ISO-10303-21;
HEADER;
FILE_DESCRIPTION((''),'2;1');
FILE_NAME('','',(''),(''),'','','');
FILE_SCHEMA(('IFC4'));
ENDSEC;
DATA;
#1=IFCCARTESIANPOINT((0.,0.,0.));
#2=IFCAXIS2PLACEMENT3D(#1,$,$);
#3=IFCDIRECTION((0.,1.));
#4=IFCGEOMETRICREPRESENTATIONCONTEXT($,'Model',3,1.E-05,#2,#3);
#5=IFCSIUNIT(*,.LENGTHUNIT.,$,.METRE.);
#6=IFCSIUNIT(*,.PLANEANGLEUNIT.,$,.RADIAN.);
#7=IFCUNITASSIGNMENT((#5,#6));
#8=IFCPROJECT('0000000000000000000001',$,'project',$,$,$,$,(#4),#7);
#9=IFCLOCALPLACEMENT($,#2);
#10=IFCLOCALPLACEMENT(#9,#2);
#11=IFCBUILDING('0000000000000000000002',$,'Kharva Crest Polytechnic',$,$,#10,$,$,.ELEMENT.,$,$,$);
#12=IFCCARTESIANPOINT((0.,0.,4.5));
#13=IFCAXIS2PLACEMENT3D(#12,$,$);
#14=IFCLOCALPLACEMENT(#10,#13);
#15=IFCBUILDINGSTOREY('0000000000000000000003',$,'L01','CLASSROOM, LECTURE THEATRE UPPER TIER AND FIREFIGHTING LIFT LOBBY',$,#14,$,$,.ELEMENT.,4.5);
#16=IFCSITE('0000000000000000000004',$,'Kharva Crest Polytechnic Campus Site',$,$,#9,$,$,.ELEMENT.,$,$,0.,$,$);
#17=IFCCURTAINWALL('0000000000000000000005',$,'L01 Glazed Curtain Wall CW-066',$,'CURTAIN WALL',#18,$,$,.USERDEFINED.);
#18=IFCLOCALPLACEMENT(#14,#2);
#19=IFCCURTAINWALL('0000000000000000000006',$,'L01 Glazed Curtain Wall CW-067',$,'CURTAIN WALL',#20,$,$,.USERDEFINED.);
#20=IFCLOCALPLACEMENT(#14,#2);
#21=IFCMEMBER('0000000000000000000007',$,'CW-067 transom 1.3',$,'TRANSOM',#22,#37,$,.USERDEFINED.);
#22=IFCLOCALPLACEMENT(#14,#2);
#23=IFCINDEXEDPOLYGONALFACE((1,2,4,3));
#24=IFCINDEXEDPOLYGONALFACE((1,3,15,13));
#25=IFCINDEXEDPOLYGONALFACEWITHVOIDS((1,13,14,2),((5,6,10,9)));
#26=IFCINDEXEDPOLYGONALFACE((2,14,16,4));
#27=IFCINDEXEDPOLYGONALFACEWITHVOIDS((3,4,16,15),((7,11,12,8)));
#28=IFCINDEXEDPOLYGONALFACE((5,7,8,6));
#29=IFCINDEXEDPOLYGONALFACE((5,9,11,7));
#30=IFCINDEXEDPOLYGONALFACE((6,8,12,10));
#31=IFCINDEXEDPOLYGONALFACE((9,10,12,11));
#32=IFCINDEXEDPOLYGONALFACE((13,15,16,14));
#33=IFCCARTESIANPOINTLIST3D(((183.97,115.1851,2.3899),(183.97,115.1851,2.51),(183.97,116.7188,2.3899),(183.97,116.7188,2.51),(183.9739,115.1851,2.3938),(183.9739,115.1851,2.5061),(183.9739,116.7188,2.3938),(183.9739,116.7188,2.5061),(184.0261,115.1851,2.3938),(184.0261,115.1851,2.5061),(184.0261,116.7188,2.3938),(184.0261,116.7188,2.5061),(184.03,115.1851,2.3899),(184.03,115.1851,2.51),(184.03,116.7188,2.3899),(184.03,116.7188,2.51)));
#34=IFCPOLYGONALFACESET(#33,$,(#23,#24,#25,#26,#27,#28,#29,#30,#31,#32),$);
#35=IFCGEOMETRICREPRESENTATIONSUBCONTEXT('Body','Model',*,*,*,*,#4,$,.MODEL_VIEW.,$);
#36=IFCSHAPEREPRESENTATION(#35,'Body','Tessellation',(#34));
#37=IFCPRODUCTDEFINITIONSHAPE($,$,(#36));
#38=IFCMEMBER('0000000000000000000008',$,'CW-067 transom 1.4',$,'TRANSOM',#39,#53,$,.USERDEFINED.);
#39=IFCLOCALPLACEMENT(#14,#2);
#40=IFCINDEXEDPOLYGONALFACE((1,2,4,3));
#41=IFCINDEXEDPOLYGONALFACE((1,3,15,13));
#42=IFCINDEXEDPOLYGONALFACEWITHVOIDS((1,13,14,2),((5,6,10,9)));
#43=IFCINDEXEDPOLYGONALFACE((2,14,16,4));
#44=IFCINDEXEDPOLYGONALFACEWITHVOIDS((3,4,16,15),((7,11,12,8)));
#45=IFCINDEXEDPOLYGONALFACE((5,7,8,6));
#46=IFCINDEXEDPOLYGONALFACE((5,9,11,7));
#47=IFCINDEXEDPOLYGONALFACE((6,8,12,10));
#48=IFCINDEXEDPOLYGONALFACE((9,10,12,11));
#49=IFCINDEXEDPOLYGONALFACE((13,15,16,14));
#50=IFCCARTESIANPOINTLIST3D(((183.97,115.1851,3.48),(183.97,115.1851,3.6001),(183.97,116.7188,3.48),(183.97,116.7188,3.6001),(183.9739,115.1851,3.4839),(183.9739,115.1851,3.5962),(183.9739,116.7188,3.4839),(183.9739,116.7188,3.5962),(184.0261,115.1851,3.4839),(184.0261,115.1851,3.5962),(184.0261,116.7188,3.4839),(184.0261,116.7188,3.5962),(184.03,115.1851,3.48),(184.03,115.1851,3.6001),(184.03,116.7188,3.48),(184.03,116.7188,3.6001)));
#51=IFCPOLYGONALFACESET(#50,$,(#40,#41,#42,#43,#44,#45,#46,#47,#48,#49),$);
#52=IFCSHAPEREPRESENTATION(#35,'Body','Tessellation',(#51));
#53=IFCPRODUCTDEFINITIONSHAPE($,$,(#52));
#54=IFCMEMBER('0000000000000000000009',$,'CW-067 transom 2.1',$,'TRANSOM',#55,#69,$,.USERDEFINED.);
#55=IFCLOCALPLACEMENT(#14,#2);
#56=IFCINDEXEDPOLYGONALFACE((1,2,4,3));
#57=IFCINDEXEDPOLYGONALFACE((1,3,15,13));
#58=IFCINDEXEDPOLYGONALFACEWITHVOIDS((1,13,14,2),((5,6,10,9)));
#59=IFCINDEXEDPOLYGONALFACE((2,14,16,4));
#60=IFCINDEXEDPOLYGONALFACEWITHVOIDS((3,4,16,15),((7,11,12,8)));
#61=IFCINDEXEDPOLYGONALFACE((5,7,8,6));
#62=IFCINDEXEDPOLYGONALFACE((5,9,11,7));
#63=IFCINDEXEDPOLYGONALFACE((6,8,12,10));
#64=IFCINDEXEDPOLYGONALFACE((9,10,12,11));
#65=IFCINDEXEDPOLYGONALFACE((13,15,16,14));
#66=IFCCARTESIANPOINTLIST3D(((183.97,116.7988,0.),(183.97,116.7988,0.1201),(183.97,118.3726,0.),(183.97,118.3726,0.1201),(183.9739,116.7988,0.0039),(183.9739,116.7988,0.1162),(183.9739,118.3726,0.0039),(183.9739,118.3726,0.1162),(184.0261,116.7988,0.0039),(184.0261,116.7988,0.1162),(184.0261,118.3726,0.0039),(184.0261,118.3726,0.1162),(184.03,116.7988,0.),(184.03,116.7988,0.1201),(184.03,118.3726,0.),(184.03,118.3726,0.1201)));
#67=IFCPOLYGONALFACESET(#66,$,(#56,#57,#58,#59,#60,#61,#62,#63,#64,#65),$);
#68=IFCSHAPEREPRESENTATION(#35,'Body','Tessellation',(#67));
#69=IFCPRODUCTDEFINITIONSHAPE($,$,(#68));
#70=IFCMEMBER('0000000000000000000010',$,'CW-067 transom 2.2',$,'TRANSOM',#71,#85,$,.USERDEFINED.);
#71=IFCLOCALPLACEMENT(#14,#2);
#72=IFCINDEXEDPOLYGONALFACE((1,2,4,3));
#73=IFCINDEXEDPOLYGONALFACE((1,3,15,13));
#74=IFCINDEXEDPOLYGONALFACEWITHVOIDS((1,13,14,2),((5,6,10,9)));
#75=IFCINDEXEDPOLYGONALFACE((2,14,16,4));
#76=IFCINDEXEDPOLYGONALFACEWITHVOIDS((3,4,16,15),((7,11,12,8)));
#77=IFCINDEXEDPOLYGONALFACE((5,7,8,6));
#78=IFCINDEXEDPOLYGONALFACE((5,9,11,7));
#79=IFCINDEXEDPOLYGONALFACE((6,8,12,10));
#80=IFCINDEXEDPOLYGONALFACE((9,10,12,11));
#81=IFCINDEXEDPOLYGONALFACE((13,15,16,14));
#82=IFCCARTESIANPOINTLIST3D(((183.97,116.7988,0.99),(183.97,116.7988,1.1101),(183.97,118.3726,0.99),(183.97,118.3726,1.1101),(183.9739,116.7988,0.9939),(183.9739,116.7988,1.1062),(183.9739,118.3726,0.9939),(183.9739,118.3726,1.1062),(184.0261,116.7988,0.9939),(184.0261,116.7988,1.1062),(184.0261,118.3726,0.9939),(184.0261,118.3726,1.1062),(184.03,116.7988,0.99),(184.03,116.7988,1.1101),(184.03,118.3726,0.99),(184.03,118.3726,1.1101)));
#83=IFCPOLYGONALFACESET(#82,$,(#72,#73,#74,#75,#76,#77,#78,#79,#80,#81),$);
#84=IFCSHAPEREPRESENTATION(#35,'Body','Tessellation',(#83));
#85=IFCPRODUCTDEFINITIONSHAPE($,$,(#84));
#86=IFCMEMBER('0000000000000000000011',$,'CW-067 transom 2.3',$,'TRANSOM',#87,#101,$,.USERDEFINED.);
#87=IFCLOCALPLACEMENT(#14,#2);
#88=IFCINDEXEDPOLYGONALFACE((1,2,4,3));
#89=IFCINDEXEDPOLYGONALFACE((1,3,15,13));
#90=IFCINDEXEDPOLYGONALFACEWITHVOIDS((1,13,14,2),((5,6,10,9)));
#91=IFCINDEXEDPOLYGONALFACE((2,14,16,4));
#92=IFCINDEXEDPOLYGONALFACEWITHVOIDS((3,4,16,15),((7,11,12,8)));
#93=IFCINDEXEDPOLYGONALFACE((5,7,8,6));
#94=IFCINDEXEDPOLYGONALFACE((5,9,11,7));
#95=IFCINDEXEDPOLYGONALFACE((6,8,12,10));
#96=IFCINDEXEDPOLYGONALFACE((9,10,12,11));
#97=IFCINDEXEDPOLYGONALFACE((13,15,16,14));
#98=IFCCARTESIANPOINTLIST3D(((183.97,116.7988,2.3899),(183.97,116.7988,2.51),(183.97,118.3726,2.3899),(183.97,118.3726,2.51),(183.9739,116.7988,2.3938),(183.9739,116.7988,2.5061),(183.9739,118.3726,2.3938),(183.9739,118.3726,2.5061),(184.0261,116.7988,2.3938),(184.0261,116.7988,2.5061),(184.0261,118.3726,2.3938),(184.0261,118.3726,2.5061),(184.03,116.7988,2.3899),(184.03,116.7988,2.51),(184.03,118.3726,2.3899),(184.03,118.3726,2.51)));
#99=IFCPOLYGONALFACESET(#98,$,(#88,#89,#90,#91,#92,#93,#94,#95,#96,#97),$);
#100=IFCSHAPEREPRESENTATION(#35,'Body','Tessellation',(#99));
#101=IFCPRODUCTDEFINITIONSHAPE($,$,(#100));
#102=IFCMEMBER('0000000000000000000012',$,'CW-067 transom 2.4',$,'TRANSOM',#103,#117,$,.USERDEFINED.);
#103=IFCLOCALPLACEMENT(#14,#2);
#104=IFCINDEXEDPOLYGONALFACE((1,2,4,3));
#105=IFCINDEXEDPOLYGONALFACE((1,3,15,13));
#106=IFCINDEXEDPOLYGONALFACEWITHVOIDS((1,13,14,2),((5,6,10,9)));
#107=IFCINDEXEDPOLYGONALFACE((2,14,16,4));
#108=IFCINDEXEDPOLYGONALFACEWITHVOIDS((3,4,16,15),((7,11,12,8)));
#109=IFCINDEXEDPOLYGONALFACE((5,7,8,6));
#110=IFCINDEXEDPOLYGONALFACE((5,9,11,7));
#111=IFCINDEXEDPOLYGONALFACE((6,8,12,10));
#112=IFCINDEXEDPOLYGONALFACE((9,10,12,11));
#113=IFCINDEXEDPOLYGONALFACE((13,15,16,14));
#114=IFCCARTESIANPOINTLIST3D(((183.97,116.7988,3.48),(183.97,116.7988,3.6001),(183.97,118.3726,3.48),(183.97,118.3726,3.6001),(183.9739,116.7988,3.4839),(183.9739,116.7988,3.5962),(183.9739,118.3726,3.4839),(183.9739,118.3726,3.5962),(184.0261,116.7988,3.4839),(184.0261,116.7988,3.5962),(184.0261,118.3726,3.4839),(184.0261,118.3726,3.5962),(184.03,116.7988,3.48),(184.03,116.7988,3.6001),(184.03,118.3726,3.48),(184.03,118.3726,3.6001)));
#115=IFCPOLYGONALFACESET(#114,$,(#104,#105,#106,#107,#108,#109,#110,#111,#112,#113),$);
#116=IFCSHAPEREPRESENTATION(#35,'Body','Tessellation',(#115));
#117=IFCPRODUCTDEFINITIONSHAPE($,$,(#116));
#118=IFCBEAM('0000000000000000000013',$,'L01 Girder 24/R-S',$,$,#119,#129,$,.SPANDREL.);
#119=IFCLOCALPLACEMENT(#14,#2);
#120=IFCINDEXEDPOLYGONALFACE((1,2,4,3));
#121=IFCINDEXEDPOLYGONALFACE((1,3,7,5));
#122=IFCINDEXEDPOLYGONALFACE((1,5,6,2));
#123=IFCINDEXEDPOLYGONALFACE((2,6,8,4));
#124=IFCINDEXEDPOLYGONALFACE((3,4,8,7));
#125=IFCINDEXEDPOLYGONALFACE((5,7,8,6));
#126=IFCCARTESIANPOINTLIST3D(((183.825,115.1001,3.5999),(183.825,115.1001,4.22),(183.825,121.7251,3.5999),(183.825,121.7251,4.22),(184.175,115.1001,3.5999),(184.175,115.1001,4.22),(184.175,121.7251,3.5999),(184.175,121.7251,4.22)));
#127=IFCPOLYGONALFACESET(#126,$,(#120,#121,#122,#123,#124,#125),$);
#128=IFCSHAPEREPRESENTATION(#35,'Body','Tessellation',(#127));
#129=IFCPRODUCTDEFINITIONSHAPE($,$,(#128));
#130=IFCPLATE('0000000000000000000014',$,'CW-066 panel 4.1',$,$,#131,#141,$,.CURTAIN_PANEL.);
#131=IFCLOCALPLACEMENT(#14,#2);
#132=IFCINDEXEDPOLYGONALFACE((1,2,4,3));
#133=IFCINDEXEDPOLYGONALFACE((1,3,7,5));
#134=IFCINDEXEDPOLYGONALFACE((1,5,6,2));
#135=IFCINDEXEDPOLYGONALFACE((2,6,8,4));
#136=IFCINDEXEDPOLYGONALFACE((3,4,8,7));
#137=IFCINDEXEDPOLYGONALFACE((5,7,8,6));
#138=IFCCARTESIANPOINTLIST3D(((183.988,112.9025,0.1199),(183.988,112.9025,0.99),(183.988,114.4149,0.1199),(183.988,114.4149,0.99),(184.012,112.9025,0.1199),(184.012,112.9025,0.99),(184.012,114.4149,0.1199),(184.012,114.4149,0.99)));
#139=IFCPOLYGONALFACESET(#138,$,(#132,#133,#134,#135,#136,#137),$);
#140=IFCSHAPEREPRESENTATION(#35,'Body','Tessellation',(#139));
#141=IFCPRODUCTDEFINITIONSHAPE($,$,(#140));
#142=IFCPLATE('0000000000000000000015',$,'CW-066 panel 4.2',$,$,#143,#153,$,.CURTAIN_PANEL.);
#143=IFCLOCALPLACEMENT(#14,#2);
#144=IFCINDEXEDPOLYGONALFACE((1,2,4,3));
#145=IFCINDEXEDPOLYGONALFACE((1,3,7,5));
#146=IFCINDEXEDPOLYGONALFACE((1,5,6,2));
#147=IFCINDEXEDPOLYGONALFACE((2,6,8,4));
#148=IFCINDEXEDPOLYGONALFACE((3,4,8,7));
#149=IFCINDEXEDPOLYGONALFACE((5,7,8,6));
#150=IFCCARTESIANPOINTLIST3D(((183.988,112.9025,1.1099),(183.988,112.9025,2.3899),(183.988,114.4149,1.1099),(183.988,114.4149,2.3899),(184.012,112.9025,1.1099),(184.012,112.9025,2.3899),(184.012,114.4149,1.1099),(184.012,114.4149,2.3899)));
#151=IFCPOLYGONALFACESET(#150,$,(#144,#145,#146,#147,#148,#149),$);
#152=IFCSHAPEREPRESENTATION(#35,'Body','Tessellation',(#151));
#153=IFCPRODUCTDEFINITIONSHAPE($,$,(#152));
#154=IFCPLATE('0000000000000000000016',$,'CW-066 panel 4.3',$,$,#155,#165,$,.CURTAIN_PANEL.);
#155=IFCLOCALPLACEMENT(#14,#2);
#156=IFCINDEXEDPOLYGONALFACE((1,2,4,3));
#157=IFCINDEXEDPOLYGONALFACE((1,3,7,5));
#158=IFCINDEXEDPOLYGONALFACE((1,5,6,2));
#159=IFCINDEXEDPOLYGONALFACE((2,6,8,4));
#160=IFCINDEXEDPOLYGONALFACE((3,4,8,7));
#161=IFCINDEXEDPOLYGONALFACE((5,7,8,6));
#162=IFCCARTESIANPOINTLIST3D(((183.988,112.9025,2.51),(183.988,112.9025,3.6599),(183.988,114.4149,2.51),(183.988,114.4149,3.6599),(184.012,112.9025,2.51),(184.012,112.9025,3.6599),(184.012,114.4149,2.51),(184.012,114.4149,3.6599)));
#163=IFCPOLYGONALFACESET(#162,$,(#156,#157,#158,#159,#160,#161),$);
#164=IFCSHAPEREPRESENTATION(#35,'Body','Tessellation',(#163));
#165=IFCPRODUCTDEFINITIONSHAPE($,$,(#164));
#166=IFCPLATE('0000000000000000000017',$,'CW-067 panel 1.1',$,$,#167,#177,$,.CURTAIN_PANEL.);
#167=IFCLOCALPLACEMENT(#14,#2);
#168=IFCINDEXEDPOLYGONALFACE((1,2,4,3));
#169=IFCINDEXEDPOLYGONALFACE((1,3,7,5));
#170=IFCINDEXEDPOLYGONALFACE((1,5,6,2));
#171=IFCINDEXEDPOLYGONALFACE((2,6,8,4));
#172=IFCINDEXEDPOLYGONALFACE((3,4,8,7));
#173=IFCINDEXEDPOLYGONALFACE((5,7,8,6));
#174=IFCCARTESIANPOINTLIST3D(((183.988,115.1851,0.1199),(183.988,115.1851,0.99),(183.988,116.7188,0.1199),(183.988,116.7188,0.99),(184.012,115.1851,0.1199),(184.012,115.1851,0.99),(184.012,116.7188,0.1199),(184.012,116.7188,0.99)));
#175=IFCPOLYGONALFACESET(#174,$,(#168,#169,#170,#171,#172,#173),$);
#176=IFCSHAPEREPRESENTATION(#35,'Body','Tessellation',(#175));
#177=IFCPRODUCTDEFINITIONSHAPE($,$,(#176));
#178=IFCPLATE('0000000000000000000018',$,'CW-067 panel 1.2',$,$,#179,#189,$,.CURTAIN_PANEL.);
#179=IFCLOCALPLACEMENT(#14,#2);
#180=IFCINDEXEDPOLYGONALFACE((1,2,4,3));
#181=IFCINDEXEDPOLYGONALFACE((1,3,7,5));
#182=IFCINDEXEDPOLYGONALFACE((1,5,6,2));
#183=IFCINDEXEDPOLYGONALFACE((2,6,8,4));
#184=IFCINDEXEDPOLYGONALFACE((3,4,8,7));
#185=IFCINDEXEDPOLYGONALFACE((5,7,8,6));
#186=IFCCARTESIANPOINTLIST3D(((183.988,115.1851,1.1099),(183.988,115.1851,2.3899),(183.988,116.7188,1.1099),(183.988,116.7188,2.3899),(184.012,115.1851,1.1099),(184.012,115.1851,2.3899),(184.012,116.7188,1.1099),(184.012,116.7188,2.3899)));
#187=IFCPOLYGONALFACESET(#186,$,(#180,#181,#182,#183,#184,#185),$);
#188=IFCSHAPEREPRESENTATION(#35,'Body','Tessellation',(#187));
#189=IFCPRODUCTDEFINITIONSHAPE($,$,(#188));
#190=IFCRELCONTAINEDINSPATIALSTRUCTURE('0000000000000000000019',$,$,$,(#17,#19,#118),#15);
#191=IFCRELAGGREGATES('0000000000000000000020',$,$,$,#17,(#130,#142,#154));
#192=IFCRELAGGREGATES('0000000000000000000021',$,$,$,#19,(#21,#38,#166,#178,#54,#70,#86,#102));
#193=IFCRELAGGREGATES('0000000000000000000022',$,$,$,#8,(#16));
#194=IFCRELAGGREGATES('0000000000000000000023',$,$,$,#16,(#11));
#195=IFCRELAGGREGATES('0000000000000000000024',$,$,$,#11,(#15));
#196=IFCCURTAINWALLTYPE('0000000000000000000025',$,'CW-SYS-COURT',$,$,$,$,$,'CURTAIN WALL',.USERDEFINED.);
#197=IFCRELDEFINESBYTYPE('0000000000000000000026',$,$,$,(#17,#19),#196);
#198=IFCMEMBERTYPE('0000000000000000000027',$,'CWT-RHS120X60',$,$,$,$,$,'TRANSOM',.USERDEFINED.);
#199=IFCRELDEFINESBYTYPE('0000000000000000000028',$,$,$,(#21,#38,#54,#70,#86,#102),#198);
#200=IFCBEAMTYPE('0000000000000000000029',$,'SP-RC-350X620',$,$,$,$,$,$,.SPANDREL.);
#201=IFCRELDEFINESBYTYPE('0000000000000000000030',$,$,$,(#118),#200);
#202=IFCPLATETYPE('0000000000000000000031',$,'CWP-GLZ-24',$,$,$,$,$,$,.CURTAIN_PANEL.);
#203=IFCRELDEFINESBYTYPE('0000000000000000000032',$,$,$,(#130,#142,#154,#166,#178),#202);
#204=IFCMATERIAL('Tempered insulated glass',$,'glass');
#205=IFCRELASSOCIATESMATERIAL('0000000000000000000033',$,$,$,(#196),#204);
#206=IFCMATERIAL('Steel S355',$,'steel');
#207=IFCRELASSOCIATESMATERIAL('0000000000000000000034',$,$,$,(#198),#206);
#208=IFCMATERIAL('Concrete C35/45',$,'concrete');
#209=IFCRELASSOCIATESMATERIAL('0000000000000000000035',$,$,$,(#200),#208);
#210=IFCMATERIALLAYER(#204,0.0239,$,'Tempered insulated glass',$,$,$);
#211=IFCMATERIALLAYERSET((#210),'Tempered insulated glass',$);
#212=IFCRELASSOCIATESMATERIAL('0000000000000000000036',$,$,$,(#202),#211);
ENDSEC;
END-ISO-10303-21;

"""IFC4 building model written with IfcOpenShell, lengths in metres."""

from ifc_helpers import new_model, si_unit, direction, frame, origin, origin_2d, place, context, subcontext, project, spatial, rectangle, hollow_rectangle, extrude, material, layer, layer_set, material_profile, profile_set, type_object, element, aggregate, save


model = new_model("IFC4")

# Units and contexts
model_context = context("Model", 3, precision=1e-05, world=origin(), true_north=direction((0.0, 1.0)))
body_context = subcontext(model_context, "Body", "Model", "MODEL_VIEW")
ifc_project = project(units=[si_unit("LENGTHUNIT", "METRE"), si_unit("PLANEANGLEUNIT", "RADIAN")], contexts=[model_context])

# Site, building, storey
site_placement = place(None, origin())
site = spatial("IfcSite", under=ifc_project, at=site_placement, Name="Kharva Crest Polytechnic Campus Site", CompositionType="ELEMENT", RefElevation=0.0)
building_placement = place(site_placement, origin())
building = spatial("IfcBuilding", under=site, at=building_placement, Name="Kharva Crest Polytechnic", CompositionType="ELEMENT")
storey_placement = place(building_placement, frame((0.0, 0.0, 4.5)))
storey = spatial("IfcBuildingStorey", under=building, at=storey_placement, Name="L01", Description="CLASSROOM, LECTURE THEATRE UPPER TIER AND FIREFIGHTING LIFT LOBBY", CompositionType="ELEMENT", Elevation=4.5)

# Curtain walls
ifc_material_1 = material(Name="Tempered insulated glass", Category="glass")
curtain_wall_type = type_object("IfcCurtainWallType", Name="CW-SYS-COURT", ElementType="CURTAIN WALL", PredefinedType="USERDEFINED", material=ifc_material_1)
curtain_wall_1_placement = place(storey_placement, origin())
curtain_wall_1 = element("IfcCurtainWall", 1, at=curtain_wall_1_placement, inside=storey, type_object=curtain_wall_type, Name="L01 Glazed Curtain Wall CW-066", ObjectType="CURTAIN WALL", PredefinedType="USERDEFINED")
ifc_material_2 = material(Name="Steel S355", Category="steel")
curtain_wall_2_placement = place(storey_placement, origin())
curtain_wall_2 = element("IfcCurtainWall", 2, at=curtain_wall_2_placement, inside=storey, type_object=curtain_wall_type, Name="L01 Glazed Curtain Wall CW-067", ObjectType="CURTAIN WALL", PredefinedType="USERDEFINED")

# Members
ifc_material_profile_1 = material_profile(ifc_material_2, hollow_rectangle(XDim=0.0601, YDim=0.1201, WallThickness=0.0039, at=origin_2d()), Name="RHS 120X60X4.0")
ifc_profile_set_1 = profile_set([ifc_material_profile_1], Name="Steel S355")
member_type_1 = type_object("IfcMemberType", Name="CWT-RHS120X60", ElementType="TRANSOM", PredefinedType="USERDEFINED", material=ifc_profile_set_1)
member_1_placement = place(storey_placement, frame((184.0, 115.1851, 2.45), z_axis=(0.0, 1.0, 0.0), x_axis=(-1.0, 0.0, 0.0)))
member_1 = element("IfcMember", 3, at=member_1_placement, type_object=member_type_1, Name="CW-067 transom 1.3", ObjectType="TRANSOM", PredefinedType="USERDEFINED", context=body_context, shape_type="SweptSolid", body=[
    extrude(hollow_rectangle(XDim=0.0601, YDim=0.1201, WallThickness=0.0039, at=origin_2d()), origin(), (0.0, 0.0, 1.0), 1.5337),
])
member_2_placement = place(storey_placement, frame((184.0, 115.1851, 3.54), z_axis=(0.0, 1.0, 0.0), x_axis=(-1.0, 0.0, 0.0)))
member_2 = element("IfcMember", 4, at=member_2_placement, type_object=member_type_1, Name="CW-067 transom 1.4", ObjectType="TRANSOM", PredefinedType="USERDEFINED", context=body_context, shape_type="SweptSolid", body=[
    extrude(hollow_rectangle(XDim=0.0601, YDim=0.1201, WallThickness=0.0039, at=origin_2d()), origin(), (0.0, 0.0, 1.0), 1.5337),
])
member_3_placement = place(storey_placement, frame((184.0, 116.7988, 0.0601), z_axis=(0.0, 1.0, 0.0), x_axis=(-1.0, 0.0, 0.0)))
member_3 = element("IfcMember", 5, at=member_3_placement, type_object=member_type_1, Name="CW-067 transom 2.1", ObjectType="TRANSOM", PredefinedType="USERDEFINED", context=body_context, shape_type="SweptSolid", body=[
    extrude(hollow_rectangle(XDim=0.0601, YDim=0.1201, WallThickness=0.0039, at=origin_2d()), origin(), (0.0, 0.0, 1.0), 1.5737),
])
member_4_placement = place(storey_placement, frame((184.0, 116.7988, 1.05), z_axis=(0.0, 1.0, 0.0), x_axis=(-1.0, 0.0, 0.0)))
member_4 = element("IfcMember", 6, at=member_4_placement, type_object=member_type_1, Name="CW-067 transom 2.2", ObjectType="TRANSOM", PredefinedType="USERDEFINED", context=body_context, shape_type="SweptSolid", body=[
    extrude(hollow_rectangle(XDim=0.0601, YDim=0.1201, WallThickness=0.0039, at=origin_2d()), origin(), (0.0, 0.0, 1.0), 1.5737),
])
member_5_placement = place(storey_placement, frame((184.0, 116.7988, 2.45), z_axis=(0.0, 1.0, 0.0), x_axis=(-1.0, 0.0, 0.0)))
member_5 = element("IfcMember", 7, at=member_5_placement, type_object=member_type_1, Name="CW-067 transom 2.3", ObjectType="TRANSOM", PredefinedType="USERDEFINED", context=body_context, shape_type="SweptSolid", body=[
    extrude(hollow_rectangle(XDim=0.0601, YDim=0.1201, WallThickness=0.0039, at=origin_2d()), origin(), (0.0, 0.0, 1.0), 1.5737),
])
member_6_placement = place(storey_placement, frame((184.0, 116.7988, 3.54), z_axis=(0.0, 1.0, 0.0), x_axis=(-1.0, 0.0, 0.0)))
member_6 = element("IfcMember", 8, at=member_6_placement, type_object=member_type_1, Name="CW-067 transom 2.4", ObjectType="TRANSOM", PredefinedType="USERDEFINED", context=body_context, shape_type="SweptSolid", body=[
    extrude(hollow_rectangle(XDim=0.0601, YDim=0.1201, WallThickness=0.0039, at=origin_2d()), origin(), (0.0, 0.0, 1.0), 1.5737),
])

# Beam
ifc_material_3 = material(Name="Concrete C35/45", Category="concrete")
ifc_material_profile_2 = material_profile(ifc_material_3, rectangle(XDim=0.3501, YDim=0.6201, at=origin_2d()), Name="RECT 350 X 620")
ifc_profile_set_2 = profile_set([ifc_material_profile_2], Name="Concrete C35/45")
beam_type = type_object("IfcBeamType", Name="SP-RC-350X620", PredefinedType="SPANDREL", material=ifc_profile_set_2)
beam_placement = place(storey_placement, frame((184.0, 115.1001, 3.9099), z_axis=(0.0, 1.0, 0.0), x_axis=(-1.0, 0.0, 0.0)))
element("IfcBeam", 9, at=beam_placement, inside=storey, type_object=beam_type, Name="L01 Girder 24/R-S", PredefinedType="SPANDREL", context=body_context, shape_type="SweptSolid", body=[
    extrude(rectangle(XDim=0.3501, YDim=0.6201, at=origin_2d()), origin(), (0.0, 0.0, 1.0), 6.625),
])

# Plates
ifc_layer = layer(ifc_material_1, 0.0239, Name="Tempered insulated glass")
ifc_layer_set = layer_set([ifc_layer], Name="Tempered insulated glass")
plate_type = type_object("IfcPlateType", Name="CWP-GLZ-24", PredefinedType="CURTAIN_PANEL", material=ifc_layer_set)
plate_1_placement = place(storey_placement, frame((184.0, 113.6587, 0.1199), z_axis=(0.0, 0.0, 1.0), x_axis=(0.0, 1.0, 0.0)))
plate_1 = element("IfcPlate", 10, at=plate_1_placement, type_object=plate_type, Name="CW-066 panel 4.1", PredefinedType="CURTAIN_PANEL", context=body_context, shape_type="SweptSolid", body=[
    extrude(rectangle(XDim=1.5125, YDim=0.0239, at=origin_2d()), origin(), (0.0, 0.0, 1.0), 0.8701),
])
plate_2_placement = place(storey_placement, frame((184.0, 113.6587, 1.1099), z_axis=(0.0, 0.0, 1.0), x_axis=(0.0, 1.0, 0.0)))
plate_2 = element("IfcPlate", 11, at=plate_2_placement, type_object=plate_type, Name="CW-066 panel 4.2", PredefinedType="CURTAIN_PANEL", context=body_context, shape_type="SweptSolid", body=[
    extrude(rectangle(XDim=1.5125, YDim=0.0239, at=origin_2d()), origin(), (0.0, 0.0, 1.0), 1.28),
])
plate_3_placement = place(storey_placement, frame((184.0, 113.6587, 2.51), z_axis=(0.0, 0.0, 1.0), x_axis=(0.0, 1.0, 0.0)))
plate_3 = element("IfcPlate", 12, at=plate_3_placement, type_object=plate_type, Name="CW-066 panel 4.3", PredefinedType="CURTAIN_PANEL", context=body_context, shape_type="SweptSolid", body=[
    extrude(rectangle(XDim=1.5125, YDim=0.0239, at=origin_2d()), origin(), (0.0, 0.0, 1.0), 1.1499),
])
aggregate(curtain_wall_1, [plate_1, plate_2, plate_3])
plate_4_placement = place(storey_placement, frame((184.0, 115.9519, 0.1199), z_axis=(0.0, 0.0, 1.0), x_axis=(0.0, 1.0, 0.0)))
plate_4 = element("IfcPlate", 13, at=plate_4_placement, type_object=plate_type, Name="CW-067 panel 1.1", PredefinedType="CURTAIN_PANEL", context=body_context, shape_type="SweptSolid", body=[
    extrude(rectangle(XDim=1.5337, YDim=0.0239, at=origin_2d()), origin(), (0.0, 0.0, 1.0), 0.8701),
])
plate_5_placement = place(storey_placement, frame((184.0, 115.9519, 1.1099), z_axis=(0.0, 0.0, 1.0), x_axis=(0.0, 1.0, 0.0)))
plate_5 = element("IfcPlate", 14, at=plate_5_placement, type_object=plate_type, Name="CW-067 panel 1.2", PredefinedType="CURTAIN_PANEL", context=body_context, shape_type="SweptSolid", body=[
    extrude(rectangle(XDim=1.5337, YDim=0.0239, at=origin_2d()), origin(), (0.0, 0.0, 1.0), 1.28),
])
aggregate(curtain_wall_2, [member_1, member_2, plate_4, plate_5, member_3, member_4, member_5, member_6])

save(model, "model.ifc")
